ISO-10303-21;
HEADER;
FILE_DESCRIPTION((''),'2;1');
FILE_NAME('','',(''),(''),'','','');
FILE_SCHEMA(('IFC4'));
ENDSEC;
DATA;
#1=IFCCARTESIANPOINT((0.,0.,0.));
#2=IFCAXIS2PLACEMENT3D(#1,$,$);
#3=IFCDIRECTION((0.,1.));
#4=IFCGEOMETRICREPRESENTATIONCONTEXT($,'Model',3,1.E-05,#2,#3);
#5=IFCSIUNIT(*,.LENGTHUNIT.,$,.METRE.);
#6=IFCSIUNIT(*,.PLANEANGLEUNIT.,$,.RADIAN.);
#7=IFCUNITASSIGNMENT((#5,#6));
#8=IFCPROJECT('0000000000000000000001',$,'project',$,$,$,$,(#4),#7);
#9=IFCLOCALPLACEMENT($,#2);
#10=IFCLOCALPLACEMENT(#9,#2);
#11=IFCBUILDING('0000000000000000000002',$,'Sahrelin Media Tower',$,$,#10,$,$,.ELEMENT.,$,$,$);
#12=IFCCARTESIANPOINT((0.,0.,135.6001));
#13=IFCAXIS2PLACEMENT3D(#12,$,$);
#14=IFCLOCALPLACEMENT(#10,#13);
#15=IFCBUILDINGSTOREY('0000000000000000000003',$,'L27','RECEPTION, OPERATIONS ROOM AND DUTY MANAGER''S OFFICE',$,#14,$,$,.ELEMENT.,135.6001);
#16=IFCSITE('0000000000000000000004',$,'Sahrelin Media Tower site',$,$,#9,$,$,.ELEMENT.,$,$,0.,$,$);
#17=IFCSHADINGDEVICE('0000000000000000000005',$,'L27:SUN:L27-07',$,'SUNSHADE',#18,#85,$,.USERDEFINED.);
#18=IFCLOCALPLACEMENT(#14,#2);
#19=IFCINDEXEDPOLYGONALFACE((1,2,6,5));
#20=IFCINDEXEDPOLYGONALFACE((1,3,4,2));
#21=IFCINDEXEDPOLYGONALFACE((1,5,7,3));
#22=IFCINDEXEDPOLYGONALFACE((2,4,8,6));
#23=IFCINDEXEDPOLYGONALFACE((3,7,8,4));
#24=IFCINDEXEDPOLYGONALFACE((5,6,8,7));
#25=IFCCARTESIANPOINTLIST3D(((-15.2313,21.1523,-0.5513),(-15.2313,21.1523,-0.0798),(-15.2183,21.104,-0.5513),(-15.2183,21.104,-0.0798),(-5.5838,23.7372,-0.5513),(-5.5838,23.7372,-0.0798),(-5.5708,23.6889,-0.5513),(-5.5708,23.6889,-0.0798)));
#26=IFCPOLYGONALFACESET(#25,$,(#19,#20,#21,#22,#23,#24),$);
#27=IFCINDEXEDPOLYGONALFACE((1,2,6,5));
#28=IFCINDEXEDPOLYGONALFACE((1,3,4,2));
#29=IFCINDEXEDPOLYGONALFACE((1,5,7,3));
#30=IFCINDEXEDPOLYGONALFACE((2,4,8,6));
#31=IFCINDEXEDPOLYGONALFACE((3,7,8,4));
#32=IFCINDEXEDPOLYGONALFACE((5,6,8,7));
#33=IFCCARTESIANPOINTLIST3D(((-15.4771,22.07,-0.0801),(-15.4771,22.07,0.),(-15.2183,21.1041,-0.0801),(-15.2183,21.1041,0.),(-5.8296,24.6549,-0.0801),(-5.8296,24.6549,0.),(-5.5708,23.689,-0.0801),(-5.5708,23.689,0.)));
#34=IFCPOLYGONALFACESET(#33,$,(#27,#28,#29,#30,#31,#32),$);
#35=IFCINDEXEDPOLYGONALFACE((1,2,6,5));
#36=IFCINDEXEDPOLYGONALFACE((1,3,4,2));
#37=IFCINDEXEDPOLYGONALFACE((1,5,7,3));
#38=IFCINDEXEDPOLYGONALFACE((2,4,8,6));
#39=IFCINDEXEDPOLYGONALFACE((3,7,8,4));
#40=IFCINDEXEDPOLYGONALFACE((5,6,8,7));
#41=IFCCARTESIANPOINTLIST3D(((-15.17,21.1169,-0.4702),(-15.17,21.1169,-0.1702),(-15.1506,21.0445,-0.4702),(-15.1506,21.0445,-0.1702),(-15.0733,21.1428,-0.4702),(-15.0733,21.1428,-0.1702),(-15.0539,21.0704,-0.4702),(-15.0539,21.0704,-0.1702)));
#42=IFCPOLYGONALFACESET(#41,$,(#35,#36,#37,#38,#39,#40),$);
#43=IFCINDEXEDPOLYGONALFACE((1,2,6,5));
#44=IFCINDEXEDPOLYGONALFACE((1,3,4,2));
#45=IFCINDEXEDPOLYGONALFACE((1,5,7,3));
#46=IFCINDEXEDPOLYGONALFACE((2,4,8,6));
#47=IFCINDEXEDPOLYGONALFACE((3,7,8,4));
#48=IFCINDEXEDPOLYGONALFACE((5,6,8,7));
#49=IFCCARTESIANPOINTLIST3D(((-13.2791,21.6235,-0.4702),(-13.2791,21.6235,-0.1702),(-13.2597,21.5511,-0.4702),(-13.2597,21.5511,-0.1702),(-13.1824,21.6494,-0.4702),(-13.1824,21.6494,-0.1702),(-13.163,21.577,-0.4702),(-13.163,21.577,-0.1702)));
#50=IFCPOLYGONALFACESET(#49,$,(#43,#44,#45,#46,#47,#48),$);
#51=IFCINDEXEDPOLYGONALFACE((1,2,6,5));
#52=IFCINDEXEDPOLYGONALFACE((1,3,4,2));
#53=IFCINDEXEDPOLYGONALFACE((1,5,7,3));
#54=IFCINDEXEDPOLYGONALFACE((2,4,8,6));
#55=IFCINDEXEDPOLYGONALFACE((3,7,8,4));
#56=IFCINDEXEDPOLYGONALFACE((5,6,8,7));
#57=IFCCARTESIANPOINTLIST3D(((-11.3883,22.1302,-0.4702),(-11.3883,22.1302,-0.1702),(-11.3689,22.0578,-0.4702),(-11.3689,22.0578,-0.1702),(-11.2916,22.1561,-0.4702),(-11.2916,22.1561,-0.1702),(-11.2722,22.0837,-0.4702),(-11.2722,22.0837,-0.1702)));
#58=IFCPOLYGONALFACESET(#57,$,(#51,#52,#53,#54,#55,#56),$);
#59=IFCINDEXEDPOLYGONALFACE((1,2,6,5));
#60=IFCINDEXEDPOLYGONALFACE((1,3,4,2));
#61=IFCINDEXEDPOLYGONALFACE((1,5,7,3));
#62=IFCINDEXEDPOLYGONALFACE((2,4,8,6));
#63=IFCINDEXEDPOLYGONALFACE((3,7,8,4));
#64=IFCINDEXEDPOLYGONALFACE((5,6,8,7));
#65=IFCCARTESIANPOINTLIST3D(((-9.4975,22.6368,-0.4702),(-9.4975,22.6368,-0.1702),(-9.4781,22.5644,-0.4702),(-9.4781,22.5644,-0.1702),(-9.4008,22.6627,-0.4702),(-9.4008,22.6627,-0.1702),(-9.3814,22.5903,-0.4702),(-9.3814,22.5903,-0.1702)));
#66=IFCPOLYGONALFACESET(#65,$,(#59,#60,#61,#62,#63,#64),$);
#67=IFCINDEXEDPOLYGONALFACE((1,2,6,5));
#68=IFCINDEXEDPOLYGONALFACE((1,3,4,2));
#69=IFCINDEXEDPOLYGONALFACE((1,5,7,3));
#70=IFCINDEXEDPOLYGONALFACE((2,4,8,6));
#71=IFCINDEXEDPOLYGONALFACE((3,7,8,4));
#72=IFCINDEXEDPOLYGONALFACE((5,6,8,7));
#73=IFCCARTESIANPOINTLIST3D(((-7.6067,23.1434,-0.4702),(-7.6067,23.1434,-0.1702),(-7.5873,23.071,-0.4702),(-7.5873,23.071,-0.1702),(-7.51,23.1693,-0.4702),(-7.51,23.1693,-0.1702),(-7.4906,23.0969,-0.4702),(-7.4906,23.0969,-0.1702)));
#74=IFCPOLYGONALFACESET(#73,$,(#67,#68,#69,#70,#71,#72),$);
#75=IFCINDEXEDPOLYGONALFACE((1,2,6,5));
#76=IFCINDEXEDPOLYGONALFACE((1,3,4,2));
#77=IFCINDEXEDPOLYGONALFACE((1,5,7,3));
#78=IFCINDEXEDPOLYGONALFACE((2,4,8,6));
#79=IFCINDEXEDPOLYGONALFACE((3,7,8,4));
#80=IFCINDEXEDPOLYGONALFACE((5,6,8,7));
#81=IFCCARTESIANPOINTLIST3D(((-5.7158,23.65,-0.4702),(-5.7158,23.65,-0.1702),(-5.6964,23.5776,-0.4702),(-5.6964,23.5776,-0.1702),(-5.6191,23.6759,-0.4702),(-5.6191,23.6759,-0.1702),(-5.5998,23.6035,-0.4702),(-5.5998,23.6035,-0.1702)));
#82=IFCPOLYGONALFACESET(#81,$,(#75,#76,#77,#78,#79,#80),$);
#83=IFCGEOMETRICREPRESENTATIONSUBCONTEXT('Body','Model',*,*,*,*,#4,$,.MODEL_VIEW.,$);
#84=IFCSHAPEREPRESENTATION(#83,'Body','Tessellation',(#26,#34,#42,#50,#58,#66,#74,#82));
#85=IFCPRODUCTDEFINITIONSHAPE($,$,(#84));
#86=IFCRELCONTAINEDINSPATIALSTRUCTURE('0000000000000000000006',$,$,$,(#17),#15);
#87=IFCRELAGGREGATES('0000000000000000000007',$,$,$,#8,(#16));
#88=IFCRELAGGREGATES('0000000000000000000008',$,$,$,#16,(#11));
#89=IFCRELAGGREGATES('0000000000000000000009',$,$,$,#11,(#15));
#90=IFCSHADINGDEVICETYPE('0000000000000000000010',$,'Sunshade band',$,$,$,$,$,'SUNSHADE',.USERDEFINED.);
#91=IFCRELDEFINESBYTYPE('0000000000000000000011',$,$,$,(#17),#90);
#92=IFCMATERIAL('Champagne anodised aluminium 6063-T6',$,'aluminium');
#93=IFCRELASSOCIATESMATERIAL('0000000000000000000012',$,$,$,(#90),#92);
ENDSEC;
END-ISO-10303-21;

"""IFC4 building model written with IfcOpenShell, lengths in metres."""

from ifc_helpers import new_model, si_unit, direction, frame, origin, origin_2d, place, context, subcontext, project, spatial, rectangle, extrude, material, type_object, element, save


model = new_model("IFC4")

# Units and contexts
model_context = context("Model", 3, precision=1e-05, world=origin(), true_north=direction((0.0, 1.0)))
body_context = subcontext(model_context, "Body", "Model", "MODEL_VIEW")
ifc_project = project(units=[si_unit("LENGTHUNIT", "METRE"), si_unit("PLANEANGLEUNIT", "RADIAN")], contexts=[model_context])

# Site, building, storey
site_placement = place(None, origin())
site = spatial("IfcSite", under=ifc_project, at=site_placement, Name="Sahrelin Media Tower site", CompositionType="ELEMENT", RefElevation=0.0)
building_placement = place(site_placement, origin())
building = spatial("IfcBuilding", under=site, at=building_placement, Name="Sahrelin Media Tower", CompositionType="ELEMENT")
storey_placement = place(building_placement, frame((0.0, 0.0, 135.6001)))
storey = spatial("IfcBuildingStorey", under=building, at=storey_placement, Name="L27", Description="RECEPTION, OPERATIONS ROOM AND DUTY MANAGER'S OFFICE", CompositionType="ELEMENT", Elevation=135.6001)

# Shared definitions
ifc_material_1 = material(Name="Champagne anodised aluminium 6063-T6", Category="aluminium")

# Shading device
placement_1 = place(storey_placement, frame((-10.3894, 22.3772, 0.0), z_axis=(0.0, 0.0, 1.0), x_axis=(0.965929, 0.258808, 0.0)))
shading_device_type_1 = type_object("IfcShadingDeviceType", Name="Sunshade band", ElementType="SUNSHADE", PredefinedType="USERDEFINED", material=ifc_material_1)
element("IfcShadingDevice", 1, at=placement_1, inside=storey, type_object=shading_device_type_1, Name="L27:SUN:L27-07", ObjectType="SUNSHADE", PredefinedType="USERDEFINED", context=body_context, shape_type="SweptSolid", body=[
    extrude(rectangle(XDim=9.9878, YDim=0.05, at=origin_2d()), frame((0.0, 0.0449, -0.5513)), (0.0, 0.0, 1.0), 0.4714),
    extrude(rectangle(XDim=9.9878, YDim=1.0, at=origin_2d()), frame((0.0, 0.52, -0.0801)), (0.0, 0.0, 1.0), 0.0801),
    extrude(rectangle(XDim=0.1001, YDim=0.075, at=origin_2d()), frame((-4.8938, -0.0176, -0.4702)), (0.0, 0.0, 1.0), 0.3),
    extrude(rectangle(XDim=0.1001, YDim=0.075, at=origin_2d()), frame((-2.9363, -0.0176, -0.4702)), (0.0, 0.0, 1.0), 0.3),
    extrude(rectangle(XDim=0.1001, YDim=0.075, at=origin_2d()), frame((-0.9788, -0.0176, -0.4702)), (0.0, 0.0, 1.0), 0.3),
    extrude(rectangle(XDim=0.1001, YDim=0.075, at=origin_2d()), frame((0.9788, -0.0176, -0.4702)), (0.0, 0.0, 1.0), 0.3),
    extrude(rectangle(XDim=0.1001, YDim=0.075, at=origin_2d()), frame((2.9363, -0.0176, -0.4702)), (0.0, 0.0, 1.0), 0.3),
    extrude(rectangle(XDim=0.1001, YDim=0.075, at=origin_2d()), frame((4.8938, -0.0176, -0.4702)), (0.0, 0.0, 1.0), 0.3),
])

save(model, "model.ifc")
